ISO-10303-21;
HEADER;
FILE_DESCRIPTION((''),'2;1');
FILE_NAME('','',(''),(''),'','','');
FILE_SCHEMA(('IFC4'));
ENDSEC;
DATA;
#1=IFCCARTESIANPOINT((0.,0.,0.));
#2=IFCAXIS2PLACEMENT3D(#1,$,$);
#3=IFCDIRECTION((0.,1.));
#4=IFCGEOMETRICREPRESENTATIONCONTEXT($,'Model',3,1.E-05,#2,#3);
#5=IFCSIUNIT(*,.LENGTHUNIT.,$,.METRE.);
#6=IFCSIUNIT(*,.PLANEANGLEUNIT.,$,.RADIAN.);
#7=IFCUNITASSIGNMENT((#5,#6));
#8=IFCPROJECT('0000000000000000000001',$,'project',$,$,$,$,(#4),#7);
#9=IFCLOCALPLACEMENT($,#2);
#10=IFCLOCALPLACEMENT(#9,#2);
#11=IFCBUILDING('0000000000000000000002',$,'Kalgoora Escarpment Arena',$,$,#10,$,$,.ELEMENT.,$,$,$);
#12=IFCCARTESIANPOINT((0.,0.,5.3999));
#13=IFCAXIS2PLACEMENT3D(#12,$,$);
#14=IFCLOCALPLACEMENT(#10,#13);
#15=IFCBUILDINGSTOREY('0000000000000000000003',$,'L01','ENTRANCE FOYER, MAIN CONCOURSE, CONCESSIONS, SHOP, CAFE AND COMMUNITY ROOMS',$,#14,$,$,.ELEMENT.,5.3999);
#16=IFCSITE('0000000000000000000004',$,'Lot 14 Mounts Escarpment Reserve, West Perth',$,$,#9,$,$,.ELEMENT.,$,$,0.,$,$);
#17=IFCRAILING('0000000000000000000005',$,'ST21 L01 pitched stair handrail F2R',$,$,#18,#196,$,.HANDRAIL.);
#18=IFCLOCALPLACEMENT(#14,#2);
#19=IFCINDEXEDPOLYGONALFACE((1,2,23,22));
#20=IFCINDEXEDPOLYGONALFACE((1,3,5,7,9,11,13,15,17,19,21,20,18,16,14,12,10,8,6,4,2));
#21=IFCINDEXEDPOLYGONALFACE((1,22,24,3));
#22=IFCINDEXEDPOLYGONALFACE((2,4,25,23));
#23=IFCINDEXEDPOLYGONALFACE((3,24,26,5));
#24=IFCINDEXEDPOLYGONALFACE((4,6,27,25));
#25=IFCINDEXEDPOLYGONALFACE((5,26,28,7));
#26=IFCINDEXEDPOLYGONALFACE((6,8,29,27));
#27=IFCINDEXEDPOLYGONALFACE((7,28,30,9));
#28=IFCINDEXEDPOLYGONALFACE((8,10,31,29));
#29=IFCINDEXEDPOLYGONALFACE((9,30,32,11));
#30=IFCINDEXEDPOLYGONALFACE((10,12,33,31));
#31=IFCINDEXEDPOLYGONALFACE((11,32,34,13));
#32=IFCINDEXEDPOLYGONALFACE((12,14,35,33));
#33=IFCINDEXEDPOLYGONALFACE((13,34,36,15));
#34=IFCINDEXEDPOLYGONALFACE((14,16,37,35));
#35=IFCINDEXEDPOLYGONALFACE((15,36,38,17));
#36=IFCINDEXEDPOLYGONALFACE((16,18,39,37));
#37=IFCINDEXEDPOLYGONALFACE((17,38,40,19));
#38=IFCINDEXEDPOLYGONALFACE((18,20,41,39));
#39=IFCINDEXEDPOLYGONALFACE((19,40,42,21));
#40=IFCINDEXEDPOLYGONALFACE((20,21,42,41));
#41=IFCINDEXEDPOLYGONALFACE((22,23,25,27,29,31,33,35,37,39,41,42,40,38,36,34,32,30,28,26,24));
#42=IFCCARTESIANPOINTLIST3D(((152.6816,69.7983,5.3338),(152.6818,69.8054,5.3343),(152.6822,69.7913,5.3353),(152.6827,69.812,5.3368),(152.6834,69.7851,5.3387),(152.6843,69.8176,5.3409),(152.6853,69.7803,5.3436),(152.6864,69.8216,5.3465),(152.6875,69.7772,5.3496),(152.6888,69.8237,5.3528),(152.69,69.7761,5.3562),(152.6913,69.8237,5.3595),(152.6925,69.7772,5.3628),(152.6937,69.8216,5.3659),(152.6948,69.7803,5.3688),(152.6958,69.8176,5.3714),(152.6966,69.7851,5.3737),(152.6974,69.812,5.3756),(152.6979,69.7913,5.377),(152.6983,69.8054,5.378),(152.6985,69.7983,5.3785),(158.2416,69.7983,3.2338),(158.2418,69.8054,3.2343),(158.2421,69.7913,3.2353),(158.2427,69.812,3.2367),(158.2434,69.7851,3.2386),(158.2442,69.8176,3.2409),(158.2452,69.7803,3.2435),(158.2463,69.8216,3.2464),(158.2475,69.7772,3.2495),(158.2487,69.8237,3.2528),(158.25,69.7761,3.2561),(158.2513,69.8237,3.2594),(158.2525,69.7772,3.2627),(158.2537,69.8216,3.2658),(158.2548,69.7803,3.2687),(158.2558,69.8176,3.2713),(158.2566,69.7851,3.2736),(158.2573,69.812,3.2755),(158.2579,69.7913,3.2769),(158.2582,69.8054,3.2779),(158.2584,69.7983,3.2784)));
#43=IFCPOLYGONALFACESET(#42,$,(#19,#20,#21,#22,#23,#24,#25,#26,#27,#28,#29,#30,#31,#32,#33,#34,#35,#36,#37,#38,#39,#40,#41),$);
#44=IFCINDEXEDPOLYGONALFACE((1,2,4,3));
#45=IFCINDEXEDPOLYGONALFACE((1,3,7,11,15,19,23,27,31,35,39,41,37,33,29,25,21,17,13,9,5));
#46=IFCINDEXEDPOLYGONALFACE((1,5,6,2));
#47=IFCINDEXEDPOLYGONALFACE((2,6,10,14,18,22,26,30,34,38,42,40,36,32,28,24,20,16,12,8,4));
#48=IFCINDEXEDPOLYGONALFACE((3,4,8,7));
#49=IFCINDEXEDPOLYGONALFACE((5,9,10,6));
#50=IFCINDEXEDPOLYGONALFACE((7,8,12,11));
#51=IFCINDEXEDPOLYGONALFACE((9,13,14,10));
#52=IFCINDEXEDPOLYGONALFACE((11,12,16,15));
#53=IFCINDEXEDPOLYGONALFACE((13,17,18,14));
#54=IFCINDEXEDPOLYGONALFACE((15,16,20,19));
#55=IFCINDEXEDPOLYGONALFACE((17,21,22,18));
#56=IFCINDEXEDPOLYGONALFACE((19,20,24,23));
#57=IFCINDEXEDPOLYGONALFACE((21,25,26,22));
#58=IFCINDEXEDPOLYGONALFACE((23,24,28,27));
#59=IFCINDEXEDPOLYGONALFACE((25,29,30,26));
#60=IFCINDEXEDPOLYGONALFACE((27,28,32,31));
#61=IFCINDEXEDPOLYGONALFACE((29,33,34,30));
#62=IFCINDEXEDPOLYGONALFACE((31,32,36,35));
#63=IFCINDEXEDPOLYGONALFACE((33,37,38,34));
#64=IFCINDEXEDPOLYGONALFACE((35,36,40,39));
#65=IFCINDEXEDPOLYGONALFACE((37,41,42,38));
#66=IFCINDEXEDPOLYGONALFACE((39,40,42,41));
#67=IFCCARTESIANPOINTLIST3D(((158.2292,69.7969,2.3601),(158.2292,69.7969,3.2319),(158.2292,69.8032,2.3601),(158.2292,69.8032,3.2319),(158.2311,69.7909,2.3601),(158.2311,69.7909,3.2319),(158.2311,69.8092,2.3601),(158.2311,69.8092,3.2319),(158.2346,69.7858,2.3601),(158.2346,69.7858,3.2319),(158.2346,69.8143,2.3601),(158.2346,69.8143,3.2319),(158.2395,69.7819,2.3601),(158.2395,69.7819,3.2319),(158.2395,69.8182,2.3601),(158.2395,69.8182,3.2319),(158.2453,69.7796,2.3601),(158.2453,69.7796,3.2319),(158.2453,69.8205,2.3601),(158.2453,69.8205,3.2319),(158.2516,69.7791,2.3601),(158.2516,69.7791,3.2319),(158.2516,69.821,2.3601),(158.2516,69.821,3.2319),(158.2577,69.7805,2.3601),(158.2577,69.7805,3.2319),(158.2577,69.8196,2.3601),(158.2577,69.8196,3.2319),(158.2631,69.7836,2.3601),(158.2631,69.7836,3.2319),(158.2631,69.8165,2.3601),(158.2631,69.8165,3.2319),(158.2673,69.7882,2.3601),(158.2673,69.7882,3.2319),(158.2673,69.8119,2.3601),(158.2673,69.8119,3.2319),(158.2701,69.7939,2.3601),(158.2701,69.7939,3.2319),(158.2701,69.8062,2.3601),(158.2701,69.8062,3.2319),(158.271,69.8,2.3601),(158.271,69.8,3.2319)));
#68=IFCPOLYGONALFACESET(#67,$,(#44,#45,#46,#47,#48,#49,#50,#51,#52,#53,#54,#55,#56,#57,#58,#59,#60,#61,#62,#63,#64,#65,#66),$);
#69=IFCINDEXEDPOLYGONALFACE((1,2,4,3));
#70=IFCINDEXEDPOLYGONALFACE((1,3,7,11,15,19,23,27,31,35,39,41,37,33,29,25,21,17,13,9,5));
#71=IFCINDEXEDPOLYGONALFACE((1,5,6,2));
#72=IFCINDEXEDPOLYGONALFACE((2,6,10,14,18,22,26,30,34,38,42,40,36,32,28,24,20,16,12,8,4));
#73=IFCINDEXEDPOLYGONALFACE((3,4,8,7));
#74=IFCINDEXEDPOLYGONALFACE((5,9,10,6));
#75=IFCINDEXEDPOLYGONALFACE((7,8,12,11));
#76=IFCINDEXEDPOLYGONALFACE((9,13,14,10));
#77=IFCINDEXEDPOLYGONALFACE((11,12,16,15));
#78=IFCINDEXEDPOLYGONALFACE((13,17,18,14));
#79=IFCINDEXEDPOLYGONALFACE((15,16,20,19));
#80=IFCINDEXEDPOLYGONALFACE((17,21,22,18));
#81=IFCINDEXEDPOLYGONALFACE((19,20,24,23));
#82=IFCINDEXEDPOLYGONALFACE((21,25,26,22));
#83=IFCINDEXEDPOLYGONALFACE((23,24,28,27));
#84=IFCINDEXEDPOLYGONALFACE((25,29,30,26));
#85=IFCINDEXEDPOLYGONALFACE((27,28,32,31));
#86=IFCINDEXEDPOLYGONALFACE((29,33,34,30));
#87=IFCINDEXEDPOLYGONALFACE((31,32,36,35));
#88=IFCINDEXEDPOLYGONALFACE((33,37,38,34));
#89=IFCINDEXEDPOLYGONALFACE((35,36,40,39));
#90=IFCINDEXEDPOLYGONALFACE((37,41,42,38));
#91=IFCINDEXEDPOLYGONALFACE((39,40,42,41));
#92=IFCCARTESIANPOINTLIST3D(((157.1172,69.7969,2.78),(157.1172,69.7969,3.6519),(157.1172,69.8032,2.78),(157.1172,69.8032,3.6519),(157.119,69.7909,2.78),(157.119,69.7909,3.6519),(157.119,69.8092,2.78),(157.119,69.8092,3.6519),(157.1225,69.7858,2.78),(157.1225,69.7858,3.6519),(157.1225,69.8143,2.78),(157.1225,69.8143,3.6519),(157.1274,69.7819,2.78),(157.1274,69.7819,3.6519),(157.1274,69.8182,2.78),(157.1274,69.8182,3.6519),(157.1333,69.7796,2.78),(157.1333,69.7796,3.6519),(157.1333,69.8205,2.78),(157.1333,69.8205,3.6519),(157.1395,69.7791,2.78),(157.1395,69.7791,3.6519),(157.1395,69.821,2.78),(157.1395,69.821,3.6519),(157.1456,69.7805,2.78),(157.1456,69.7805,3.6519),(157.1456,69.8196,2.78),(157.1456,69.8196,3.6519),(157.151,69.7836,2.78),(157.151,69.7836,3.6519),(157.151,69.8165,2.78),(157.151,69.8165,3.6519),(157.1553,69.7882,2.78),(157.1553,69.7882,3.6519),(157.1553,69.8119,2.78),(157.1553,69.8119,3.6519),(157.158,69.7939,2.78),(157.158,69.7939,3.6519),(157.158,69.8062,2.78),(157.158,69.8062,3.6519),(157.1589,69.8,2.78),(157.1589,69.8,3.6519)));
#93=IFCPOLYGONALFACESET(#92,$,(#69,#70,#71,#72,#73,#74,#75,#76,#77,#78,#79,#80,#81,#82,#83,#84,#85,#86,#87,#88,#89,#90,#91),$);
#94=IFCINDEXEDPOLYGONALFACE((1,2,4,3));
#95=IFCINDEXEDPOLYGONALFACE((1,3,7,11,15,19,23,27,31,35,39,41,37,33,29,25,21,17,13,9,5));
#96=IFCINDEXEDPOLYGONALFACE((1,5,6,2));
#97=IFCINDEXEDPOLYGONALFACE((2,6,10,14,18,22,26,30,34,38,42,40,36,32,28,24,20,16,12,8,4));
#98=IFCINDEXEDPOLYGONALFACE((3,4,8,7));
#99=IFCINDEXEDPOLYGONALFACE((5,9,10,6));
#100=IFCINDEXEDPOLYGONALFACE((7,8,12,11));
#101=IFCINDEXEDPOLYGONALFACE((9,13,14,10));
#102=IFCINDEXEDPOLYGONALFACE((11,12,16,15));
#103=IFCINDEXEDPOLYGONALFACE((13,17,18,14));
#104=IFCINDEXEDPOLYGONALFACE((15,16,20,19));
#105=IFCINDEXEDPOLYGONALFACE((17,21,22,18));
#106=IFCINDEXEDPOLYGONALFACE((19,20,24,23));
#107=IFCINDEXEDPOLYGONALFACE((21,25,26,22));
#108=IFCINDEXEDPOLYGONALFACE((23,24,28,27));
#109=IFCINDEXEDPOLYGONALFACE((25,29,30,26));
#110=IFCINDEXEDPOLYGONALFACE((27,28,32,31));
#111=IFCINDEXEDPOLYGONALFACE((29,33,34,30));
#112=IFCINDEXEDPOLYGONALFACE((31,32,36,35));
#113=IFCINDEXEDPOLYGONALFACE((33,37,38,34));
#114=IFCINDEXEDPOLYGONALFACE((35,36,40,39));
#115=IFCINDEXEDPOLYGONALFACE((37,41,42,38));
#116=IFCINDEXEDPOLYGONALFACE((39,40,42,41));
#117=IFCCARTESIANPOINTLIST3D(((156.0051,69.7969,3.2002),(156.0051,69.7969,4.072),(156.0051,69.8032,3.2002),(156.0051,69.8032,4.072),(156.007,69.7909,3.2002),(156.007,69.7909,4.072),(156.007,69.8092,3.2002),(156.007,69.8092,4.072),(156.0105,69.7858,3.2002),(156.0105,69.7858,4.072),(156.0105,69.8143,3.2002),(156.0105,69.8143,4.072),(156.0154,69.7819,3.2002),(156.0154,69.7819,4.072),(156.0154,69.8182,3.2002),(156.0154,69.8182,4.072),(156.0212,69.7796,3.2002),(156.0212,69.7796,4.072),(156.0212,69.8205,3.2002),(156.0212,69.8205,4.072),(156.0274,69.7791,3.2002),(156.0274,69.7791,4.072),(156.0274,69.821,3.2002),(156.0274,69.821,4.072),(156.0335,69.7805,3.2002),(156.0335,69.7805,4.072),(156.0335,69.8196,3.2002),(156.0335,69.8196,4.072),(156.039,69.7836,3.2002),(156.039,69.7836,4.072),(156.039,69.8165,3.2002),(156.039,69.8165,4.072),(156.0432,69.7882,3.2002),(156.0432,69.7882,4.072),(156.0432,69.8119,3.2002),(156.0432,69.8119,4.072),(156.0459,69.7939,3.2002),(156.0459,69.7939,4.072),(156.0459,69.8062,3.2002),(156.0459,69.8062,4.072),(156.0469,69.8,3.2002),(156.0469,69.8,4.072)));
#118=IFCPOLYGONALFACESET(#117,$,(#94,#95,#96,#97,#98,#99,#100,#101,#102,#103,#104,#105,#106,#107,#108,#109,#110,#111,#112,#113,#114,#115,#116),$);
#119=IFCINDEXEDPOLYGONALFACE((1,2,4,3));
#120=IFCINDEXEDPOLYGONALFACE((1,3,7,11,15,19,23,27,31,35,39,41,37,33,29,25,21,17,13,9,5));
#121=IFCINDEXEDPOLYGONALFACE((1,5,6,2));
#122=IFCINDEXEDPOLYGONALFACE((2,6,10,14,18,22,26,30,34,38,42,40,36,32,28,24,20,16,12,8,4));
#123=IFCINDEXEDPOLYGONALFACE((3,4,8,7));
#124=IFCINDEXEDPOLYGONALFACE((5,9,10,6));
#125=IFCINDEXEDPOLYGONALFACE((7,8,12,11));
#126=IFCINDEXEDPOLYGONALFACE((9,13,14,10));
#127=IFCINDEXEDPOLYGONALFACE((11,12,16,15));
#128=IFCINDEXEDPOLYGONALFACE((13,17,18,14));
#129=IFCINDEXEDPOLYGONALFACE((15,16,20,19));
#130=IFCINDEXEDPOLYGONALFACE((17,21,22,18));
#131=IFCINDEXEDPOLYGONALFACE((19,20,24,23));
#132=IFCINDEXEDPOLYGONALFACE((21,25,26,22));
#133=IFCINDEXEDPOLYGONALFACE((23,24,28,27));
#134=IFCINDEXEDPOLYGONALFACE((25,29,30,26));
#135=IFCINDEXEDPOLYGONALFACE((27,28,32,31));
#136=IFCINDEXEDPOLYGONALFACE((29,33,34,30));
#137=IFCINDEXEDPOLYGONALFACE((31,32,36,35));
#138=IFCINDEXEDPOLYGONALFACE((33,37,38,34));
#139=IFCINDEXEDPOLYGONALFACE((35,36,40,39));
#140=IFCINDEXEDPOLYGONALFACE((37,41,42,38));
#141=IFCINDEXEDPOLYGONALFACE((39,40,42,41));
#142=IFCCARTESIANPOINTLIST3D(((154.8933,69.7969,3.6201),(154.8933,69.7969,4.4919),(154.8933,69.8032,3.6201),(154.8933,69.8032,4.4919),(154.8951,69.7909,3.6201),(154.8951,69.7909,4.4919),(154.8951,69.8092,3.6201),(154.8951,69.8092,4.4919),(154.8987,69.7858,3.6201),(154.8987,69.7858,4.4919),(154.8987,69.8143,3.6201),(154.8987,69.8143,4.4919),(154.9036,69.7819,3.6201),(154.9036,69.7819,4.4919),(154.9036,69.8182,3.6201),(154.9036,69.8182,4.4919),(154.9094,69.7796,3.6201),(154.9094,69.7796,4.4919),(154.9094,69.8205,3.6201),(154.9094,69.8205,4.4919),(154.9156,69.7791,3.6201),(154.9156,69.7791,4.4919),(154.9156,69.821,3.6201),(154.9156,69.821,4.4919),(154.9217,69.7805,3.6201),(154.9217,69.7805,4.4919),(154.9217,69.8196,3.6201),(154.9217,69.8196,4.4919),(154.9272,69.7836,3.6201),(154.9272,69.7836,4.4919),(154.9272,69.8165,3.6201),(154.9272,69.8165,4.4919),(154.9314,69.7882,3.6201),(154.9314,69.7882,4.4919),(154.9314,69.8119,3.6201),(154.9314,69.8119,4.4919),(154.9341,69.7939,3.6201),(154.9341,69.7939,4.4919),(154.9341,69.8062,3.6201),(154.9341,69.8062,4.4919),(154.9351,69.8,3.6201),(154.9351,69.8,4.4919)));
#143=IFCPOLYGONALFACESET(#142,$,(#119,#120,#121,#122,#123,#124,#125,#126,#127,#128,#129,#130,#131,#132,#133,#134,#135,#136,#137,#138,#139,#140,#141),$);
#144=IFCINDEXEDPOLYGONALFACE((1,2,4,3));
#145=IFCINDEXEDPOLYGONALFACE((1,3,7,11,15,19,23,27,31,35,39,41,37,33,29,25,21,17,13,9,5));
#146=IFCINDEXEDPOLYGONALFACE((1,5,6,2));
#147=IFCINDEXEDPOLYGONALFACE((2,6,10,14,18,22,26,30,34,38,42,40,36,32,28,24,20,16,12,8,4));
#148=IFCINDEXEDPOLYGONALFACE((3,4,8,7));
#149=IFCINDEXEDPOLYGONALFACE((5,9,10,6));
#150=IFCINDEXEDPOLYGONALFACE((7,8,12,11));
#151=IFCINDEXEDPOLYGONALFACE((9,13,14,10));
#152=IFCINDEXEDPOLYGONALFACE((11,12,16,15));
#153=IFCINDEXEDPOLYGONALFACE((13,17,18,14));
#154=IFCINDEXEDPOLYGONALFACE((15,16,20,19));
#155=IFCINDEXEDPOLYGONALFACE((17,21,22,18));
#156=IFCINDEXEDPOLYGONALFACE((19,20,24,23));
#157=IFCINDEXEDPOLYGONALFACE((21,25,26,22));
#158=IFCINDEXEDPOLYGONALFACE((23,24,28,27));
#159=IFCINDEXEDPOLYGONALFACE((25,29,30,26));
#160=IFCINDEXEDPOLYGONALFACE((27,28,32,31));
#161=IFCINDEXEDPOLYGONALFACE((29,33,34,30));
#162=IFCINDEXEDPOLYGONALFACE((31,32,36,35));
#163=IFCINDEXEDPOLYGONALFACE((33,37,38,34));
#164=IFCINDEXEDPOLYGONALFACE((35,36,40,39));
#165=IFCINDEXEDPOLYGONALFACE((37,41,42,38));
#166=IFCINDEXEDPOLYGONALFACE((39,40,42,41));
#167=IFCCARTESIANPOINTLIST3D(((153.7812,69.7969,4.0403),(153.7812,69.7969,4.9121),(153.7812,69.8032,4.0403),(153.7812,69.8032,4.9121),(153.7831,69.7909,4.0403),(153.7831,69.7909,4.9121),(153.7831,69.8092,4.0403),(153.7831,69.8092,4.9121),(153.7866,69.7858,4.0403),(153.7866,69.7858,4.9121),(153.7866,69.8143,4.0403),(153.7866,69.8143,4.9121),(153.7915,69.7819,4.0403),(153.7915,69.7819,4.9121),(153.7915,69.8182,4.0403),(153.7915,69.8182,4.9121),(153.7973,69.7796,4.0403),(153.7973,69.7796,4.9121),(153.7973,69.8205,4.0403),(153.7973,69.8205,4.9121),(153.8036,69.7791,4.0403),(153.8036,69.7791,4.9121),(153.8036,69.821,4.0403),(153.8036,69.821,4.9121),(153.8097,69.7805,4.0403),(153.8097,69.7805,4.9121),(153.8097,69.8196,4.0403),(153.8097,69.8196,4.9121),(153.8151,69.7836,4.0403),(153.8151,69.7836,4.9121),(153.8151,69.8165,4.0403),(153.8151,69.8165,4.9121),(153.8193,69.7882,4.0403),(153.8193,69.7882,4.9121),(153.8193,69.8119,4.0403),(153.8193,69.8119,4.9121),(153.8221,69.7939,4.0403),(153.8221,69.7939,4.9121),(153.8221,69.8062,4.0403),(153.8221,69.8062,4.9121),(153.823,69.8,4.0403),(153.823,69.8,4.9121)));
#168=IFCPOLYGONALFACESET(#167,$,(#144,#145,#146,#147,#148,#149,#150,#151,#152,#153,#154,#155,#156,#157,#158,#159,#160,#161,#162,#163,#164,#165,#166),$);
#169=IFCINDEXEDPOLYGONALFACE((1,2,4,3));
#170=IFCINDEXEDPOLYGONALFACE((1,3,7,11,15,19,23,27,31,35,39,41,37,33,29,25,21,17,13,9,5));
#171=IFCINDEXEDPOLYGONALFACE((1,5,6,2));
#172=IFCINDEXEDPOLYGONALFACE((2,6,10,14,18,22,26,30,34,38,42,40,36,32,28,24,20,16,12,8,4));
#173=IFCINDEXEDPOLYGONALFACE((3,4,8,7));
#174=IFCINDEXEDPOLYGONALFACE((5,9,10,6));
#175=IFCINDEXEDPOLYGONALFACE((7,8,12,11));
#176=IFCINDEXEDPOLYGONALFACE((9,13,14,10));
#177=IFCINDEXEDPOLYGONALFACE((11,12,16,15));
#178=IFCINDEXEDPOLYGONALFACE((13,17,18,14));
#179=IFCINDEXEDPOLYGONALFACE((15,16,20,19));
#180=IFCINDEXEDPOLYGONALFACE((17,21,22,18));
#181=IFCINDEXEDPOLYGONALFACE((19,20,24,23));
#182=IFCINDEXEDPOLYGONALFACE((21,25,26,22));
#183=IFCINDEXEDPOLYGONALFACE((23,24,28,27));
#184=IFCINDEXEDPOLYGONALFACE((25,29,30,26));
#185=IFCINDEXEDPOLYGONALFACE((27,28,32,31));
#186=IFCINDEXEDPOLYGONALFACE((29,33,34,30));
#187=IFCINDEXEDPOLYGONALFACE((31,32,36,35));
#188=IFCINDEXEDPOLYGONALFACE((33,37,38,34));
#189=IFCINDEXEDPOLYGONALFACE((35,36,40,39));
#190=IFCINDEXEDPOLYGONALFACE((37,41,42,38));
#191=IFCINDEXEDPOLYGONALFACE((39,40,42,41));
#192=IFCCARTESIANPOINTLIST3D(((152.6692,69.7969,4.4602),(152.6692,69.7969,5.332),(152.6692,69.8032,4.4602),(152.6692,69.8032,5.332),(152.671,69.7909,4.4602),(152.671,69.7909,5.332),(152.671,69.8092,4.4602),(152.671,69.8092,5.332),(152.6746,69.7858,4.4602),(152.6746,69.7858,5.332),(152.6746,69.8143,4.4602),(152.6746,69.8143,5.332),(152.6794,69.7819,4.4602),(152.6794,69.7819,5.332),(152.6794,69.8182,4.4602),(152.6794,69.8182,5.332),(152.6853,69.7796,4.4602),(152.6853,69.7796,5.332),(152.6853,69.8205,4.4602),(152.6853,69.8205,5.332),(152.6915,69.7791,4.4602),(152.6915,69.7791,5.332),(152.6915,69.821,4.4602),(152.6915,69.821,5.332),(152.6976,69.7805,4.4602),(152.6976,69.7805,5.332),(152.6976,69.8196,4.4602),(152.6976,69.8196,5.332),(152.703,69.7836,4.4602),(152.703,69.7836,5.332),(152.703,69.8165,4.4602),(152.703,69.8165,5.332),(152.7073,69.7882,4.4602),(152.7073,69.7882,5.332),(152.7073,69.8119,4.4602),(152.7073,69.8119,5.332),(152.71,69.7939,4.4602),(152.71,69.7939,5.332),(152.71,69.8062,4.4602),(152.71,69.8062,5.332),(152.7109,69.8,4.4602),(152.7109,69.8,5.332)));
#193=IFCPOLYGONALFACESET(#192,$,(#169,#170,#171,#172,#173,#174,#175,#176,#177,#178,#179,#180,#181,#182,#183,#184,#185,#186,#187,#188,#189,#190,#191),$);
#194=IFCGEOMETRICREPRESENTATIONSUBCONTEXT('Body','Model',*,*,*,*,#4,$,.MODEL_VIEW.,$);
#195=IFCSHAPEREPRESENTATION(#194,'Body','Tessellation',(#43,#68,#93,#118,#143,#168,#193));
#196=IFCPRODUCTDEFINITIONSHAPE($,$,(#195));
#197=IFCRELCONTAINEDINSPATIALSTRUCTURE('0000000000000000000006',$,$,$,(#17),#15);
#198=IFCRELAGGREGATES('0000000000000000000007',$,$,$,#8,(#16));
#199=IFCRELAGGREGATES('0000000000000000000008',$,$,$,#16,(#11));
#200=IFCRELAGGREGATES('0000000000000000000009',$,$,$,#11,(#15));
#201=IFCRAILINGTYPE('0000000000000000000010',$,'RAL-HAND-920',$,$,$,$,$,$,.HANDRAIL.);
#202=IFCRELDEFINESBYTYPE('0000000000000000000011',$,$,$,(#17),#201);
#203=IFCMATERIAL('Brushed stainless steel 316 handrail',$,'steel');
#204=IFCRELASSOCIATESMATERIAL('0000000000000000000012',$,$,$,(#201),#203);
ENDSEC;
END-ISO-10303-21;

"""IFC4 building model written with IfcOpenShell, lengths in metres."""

from ifc_helpers import new_model, si_unit, direction, frame, origin, origin_2d, place, context, subcontext, project, spatial, circle, extrude, material, type_object, element, save


model = new_model("IFC4")

# Units and contexts
model_context = context("Model", 3, precision=1e-05, world=origin(), true_north=direction((0.0, 1.0)))
body_context = subcontext(model_context, "Body", "Model", "MODEL_VIEW")
ifc_project = project(units=[si_unit("LENGTHUNIT", "METRE"), si_unit("PLANEANGLEUNIT", "RADIAN")], contexts=[model_context])

# Site, building, storey
site_placement = place(None, origin())
site = spatial("IfcSite", under=ifc_project, at=site_placement, Name="Lot 14 Mounts Escarpment Reserve, West Perth", CompositionType="ELEMENT", RefElevation=0.0)
building_placement = place(site_placement, origin())
building = spatial("IfcBuilding", under=site, at=building_placement, Name="Kalgoora Escarpment Arena", CompositionType="ELEMENT")
storey_placement = place(building_placement, frame((0.0, 0.0, 5.3999)))
storey = spatial("IfcBuildingStorey", under=building, at=storey_placement, Name="L01", Description="ENTRANCE FOYER, MAIN CONCOURSE, CONCESSIONS, SHOP, CAFE AND COMMUNITY ROOMS", CompositionType="ELEMENT", Elevation=5.3999)

# Railing
ifc_material_1 = material(Name="Brushed stainless steel 316 handrail", Category="steel")
railing_type_1 = type_object("IfcRailingType", Name="RAL-HAND-920", PredefinedType="HANDRAIL", material=ifc_material_1)
for number, where, name in (
    (1, (158.25, 69.8, 2.3601), "ST21 L01 pitched stair handrail F2R"),
):
    element("IfcRailing", number, at=place(storey_placement, frame(where)), inside=storey, type_object=railing_type_1, Name=name, PredefinedType="HANDRAIL", context=body_context, shape_type="SweptSolid", body=[
        extrude(circle(Radius=0.0239, at=origin_2d()), frame((0.0, 0.0, 0.896), z_axis=(-0.935493, 0.0, 0.353346), x_axis=(0.0, -1.0, 0.0)), (0.0, 0.0, 1.0), 5.9434),
        extrude(circle(Radius=0.021, at=origin_2d()), origin(), (0.0, 0.0, 1.0), 0.8718),
        extrude(circle(Radius=0.021, at=origin_2d()), frame((-1.1121, 0.0, 0.4199)), (0.0, 0.0, 1.0), 0.8718),
        extrude(circle(Radius=0.021, at=origin_2d()), frame((-2.2241, 0.0, 0.8401)), (0.0, 0.0, 1.0), 0.8718),
        extrude(circle(Radius=0.021, at=origin_2d()), frame((-3.3359, 0.0, 1.26)), (0.0, 0.0, 1.0), 0.8718),
        extrude(circle(Radius=0.021, at=origin_2d()), frame((-4.448, 0.0, 1.6802)), (0.0, 0.0, 1.0), 0.8718),
        extrude(circle(Radius=0.021, at=origin_2d()), frame((-5.5601, 0.0, 2.1001)), (0.0, 0.0, 1.0), 0.8718),
    ])

save(model, "model.ifc")
